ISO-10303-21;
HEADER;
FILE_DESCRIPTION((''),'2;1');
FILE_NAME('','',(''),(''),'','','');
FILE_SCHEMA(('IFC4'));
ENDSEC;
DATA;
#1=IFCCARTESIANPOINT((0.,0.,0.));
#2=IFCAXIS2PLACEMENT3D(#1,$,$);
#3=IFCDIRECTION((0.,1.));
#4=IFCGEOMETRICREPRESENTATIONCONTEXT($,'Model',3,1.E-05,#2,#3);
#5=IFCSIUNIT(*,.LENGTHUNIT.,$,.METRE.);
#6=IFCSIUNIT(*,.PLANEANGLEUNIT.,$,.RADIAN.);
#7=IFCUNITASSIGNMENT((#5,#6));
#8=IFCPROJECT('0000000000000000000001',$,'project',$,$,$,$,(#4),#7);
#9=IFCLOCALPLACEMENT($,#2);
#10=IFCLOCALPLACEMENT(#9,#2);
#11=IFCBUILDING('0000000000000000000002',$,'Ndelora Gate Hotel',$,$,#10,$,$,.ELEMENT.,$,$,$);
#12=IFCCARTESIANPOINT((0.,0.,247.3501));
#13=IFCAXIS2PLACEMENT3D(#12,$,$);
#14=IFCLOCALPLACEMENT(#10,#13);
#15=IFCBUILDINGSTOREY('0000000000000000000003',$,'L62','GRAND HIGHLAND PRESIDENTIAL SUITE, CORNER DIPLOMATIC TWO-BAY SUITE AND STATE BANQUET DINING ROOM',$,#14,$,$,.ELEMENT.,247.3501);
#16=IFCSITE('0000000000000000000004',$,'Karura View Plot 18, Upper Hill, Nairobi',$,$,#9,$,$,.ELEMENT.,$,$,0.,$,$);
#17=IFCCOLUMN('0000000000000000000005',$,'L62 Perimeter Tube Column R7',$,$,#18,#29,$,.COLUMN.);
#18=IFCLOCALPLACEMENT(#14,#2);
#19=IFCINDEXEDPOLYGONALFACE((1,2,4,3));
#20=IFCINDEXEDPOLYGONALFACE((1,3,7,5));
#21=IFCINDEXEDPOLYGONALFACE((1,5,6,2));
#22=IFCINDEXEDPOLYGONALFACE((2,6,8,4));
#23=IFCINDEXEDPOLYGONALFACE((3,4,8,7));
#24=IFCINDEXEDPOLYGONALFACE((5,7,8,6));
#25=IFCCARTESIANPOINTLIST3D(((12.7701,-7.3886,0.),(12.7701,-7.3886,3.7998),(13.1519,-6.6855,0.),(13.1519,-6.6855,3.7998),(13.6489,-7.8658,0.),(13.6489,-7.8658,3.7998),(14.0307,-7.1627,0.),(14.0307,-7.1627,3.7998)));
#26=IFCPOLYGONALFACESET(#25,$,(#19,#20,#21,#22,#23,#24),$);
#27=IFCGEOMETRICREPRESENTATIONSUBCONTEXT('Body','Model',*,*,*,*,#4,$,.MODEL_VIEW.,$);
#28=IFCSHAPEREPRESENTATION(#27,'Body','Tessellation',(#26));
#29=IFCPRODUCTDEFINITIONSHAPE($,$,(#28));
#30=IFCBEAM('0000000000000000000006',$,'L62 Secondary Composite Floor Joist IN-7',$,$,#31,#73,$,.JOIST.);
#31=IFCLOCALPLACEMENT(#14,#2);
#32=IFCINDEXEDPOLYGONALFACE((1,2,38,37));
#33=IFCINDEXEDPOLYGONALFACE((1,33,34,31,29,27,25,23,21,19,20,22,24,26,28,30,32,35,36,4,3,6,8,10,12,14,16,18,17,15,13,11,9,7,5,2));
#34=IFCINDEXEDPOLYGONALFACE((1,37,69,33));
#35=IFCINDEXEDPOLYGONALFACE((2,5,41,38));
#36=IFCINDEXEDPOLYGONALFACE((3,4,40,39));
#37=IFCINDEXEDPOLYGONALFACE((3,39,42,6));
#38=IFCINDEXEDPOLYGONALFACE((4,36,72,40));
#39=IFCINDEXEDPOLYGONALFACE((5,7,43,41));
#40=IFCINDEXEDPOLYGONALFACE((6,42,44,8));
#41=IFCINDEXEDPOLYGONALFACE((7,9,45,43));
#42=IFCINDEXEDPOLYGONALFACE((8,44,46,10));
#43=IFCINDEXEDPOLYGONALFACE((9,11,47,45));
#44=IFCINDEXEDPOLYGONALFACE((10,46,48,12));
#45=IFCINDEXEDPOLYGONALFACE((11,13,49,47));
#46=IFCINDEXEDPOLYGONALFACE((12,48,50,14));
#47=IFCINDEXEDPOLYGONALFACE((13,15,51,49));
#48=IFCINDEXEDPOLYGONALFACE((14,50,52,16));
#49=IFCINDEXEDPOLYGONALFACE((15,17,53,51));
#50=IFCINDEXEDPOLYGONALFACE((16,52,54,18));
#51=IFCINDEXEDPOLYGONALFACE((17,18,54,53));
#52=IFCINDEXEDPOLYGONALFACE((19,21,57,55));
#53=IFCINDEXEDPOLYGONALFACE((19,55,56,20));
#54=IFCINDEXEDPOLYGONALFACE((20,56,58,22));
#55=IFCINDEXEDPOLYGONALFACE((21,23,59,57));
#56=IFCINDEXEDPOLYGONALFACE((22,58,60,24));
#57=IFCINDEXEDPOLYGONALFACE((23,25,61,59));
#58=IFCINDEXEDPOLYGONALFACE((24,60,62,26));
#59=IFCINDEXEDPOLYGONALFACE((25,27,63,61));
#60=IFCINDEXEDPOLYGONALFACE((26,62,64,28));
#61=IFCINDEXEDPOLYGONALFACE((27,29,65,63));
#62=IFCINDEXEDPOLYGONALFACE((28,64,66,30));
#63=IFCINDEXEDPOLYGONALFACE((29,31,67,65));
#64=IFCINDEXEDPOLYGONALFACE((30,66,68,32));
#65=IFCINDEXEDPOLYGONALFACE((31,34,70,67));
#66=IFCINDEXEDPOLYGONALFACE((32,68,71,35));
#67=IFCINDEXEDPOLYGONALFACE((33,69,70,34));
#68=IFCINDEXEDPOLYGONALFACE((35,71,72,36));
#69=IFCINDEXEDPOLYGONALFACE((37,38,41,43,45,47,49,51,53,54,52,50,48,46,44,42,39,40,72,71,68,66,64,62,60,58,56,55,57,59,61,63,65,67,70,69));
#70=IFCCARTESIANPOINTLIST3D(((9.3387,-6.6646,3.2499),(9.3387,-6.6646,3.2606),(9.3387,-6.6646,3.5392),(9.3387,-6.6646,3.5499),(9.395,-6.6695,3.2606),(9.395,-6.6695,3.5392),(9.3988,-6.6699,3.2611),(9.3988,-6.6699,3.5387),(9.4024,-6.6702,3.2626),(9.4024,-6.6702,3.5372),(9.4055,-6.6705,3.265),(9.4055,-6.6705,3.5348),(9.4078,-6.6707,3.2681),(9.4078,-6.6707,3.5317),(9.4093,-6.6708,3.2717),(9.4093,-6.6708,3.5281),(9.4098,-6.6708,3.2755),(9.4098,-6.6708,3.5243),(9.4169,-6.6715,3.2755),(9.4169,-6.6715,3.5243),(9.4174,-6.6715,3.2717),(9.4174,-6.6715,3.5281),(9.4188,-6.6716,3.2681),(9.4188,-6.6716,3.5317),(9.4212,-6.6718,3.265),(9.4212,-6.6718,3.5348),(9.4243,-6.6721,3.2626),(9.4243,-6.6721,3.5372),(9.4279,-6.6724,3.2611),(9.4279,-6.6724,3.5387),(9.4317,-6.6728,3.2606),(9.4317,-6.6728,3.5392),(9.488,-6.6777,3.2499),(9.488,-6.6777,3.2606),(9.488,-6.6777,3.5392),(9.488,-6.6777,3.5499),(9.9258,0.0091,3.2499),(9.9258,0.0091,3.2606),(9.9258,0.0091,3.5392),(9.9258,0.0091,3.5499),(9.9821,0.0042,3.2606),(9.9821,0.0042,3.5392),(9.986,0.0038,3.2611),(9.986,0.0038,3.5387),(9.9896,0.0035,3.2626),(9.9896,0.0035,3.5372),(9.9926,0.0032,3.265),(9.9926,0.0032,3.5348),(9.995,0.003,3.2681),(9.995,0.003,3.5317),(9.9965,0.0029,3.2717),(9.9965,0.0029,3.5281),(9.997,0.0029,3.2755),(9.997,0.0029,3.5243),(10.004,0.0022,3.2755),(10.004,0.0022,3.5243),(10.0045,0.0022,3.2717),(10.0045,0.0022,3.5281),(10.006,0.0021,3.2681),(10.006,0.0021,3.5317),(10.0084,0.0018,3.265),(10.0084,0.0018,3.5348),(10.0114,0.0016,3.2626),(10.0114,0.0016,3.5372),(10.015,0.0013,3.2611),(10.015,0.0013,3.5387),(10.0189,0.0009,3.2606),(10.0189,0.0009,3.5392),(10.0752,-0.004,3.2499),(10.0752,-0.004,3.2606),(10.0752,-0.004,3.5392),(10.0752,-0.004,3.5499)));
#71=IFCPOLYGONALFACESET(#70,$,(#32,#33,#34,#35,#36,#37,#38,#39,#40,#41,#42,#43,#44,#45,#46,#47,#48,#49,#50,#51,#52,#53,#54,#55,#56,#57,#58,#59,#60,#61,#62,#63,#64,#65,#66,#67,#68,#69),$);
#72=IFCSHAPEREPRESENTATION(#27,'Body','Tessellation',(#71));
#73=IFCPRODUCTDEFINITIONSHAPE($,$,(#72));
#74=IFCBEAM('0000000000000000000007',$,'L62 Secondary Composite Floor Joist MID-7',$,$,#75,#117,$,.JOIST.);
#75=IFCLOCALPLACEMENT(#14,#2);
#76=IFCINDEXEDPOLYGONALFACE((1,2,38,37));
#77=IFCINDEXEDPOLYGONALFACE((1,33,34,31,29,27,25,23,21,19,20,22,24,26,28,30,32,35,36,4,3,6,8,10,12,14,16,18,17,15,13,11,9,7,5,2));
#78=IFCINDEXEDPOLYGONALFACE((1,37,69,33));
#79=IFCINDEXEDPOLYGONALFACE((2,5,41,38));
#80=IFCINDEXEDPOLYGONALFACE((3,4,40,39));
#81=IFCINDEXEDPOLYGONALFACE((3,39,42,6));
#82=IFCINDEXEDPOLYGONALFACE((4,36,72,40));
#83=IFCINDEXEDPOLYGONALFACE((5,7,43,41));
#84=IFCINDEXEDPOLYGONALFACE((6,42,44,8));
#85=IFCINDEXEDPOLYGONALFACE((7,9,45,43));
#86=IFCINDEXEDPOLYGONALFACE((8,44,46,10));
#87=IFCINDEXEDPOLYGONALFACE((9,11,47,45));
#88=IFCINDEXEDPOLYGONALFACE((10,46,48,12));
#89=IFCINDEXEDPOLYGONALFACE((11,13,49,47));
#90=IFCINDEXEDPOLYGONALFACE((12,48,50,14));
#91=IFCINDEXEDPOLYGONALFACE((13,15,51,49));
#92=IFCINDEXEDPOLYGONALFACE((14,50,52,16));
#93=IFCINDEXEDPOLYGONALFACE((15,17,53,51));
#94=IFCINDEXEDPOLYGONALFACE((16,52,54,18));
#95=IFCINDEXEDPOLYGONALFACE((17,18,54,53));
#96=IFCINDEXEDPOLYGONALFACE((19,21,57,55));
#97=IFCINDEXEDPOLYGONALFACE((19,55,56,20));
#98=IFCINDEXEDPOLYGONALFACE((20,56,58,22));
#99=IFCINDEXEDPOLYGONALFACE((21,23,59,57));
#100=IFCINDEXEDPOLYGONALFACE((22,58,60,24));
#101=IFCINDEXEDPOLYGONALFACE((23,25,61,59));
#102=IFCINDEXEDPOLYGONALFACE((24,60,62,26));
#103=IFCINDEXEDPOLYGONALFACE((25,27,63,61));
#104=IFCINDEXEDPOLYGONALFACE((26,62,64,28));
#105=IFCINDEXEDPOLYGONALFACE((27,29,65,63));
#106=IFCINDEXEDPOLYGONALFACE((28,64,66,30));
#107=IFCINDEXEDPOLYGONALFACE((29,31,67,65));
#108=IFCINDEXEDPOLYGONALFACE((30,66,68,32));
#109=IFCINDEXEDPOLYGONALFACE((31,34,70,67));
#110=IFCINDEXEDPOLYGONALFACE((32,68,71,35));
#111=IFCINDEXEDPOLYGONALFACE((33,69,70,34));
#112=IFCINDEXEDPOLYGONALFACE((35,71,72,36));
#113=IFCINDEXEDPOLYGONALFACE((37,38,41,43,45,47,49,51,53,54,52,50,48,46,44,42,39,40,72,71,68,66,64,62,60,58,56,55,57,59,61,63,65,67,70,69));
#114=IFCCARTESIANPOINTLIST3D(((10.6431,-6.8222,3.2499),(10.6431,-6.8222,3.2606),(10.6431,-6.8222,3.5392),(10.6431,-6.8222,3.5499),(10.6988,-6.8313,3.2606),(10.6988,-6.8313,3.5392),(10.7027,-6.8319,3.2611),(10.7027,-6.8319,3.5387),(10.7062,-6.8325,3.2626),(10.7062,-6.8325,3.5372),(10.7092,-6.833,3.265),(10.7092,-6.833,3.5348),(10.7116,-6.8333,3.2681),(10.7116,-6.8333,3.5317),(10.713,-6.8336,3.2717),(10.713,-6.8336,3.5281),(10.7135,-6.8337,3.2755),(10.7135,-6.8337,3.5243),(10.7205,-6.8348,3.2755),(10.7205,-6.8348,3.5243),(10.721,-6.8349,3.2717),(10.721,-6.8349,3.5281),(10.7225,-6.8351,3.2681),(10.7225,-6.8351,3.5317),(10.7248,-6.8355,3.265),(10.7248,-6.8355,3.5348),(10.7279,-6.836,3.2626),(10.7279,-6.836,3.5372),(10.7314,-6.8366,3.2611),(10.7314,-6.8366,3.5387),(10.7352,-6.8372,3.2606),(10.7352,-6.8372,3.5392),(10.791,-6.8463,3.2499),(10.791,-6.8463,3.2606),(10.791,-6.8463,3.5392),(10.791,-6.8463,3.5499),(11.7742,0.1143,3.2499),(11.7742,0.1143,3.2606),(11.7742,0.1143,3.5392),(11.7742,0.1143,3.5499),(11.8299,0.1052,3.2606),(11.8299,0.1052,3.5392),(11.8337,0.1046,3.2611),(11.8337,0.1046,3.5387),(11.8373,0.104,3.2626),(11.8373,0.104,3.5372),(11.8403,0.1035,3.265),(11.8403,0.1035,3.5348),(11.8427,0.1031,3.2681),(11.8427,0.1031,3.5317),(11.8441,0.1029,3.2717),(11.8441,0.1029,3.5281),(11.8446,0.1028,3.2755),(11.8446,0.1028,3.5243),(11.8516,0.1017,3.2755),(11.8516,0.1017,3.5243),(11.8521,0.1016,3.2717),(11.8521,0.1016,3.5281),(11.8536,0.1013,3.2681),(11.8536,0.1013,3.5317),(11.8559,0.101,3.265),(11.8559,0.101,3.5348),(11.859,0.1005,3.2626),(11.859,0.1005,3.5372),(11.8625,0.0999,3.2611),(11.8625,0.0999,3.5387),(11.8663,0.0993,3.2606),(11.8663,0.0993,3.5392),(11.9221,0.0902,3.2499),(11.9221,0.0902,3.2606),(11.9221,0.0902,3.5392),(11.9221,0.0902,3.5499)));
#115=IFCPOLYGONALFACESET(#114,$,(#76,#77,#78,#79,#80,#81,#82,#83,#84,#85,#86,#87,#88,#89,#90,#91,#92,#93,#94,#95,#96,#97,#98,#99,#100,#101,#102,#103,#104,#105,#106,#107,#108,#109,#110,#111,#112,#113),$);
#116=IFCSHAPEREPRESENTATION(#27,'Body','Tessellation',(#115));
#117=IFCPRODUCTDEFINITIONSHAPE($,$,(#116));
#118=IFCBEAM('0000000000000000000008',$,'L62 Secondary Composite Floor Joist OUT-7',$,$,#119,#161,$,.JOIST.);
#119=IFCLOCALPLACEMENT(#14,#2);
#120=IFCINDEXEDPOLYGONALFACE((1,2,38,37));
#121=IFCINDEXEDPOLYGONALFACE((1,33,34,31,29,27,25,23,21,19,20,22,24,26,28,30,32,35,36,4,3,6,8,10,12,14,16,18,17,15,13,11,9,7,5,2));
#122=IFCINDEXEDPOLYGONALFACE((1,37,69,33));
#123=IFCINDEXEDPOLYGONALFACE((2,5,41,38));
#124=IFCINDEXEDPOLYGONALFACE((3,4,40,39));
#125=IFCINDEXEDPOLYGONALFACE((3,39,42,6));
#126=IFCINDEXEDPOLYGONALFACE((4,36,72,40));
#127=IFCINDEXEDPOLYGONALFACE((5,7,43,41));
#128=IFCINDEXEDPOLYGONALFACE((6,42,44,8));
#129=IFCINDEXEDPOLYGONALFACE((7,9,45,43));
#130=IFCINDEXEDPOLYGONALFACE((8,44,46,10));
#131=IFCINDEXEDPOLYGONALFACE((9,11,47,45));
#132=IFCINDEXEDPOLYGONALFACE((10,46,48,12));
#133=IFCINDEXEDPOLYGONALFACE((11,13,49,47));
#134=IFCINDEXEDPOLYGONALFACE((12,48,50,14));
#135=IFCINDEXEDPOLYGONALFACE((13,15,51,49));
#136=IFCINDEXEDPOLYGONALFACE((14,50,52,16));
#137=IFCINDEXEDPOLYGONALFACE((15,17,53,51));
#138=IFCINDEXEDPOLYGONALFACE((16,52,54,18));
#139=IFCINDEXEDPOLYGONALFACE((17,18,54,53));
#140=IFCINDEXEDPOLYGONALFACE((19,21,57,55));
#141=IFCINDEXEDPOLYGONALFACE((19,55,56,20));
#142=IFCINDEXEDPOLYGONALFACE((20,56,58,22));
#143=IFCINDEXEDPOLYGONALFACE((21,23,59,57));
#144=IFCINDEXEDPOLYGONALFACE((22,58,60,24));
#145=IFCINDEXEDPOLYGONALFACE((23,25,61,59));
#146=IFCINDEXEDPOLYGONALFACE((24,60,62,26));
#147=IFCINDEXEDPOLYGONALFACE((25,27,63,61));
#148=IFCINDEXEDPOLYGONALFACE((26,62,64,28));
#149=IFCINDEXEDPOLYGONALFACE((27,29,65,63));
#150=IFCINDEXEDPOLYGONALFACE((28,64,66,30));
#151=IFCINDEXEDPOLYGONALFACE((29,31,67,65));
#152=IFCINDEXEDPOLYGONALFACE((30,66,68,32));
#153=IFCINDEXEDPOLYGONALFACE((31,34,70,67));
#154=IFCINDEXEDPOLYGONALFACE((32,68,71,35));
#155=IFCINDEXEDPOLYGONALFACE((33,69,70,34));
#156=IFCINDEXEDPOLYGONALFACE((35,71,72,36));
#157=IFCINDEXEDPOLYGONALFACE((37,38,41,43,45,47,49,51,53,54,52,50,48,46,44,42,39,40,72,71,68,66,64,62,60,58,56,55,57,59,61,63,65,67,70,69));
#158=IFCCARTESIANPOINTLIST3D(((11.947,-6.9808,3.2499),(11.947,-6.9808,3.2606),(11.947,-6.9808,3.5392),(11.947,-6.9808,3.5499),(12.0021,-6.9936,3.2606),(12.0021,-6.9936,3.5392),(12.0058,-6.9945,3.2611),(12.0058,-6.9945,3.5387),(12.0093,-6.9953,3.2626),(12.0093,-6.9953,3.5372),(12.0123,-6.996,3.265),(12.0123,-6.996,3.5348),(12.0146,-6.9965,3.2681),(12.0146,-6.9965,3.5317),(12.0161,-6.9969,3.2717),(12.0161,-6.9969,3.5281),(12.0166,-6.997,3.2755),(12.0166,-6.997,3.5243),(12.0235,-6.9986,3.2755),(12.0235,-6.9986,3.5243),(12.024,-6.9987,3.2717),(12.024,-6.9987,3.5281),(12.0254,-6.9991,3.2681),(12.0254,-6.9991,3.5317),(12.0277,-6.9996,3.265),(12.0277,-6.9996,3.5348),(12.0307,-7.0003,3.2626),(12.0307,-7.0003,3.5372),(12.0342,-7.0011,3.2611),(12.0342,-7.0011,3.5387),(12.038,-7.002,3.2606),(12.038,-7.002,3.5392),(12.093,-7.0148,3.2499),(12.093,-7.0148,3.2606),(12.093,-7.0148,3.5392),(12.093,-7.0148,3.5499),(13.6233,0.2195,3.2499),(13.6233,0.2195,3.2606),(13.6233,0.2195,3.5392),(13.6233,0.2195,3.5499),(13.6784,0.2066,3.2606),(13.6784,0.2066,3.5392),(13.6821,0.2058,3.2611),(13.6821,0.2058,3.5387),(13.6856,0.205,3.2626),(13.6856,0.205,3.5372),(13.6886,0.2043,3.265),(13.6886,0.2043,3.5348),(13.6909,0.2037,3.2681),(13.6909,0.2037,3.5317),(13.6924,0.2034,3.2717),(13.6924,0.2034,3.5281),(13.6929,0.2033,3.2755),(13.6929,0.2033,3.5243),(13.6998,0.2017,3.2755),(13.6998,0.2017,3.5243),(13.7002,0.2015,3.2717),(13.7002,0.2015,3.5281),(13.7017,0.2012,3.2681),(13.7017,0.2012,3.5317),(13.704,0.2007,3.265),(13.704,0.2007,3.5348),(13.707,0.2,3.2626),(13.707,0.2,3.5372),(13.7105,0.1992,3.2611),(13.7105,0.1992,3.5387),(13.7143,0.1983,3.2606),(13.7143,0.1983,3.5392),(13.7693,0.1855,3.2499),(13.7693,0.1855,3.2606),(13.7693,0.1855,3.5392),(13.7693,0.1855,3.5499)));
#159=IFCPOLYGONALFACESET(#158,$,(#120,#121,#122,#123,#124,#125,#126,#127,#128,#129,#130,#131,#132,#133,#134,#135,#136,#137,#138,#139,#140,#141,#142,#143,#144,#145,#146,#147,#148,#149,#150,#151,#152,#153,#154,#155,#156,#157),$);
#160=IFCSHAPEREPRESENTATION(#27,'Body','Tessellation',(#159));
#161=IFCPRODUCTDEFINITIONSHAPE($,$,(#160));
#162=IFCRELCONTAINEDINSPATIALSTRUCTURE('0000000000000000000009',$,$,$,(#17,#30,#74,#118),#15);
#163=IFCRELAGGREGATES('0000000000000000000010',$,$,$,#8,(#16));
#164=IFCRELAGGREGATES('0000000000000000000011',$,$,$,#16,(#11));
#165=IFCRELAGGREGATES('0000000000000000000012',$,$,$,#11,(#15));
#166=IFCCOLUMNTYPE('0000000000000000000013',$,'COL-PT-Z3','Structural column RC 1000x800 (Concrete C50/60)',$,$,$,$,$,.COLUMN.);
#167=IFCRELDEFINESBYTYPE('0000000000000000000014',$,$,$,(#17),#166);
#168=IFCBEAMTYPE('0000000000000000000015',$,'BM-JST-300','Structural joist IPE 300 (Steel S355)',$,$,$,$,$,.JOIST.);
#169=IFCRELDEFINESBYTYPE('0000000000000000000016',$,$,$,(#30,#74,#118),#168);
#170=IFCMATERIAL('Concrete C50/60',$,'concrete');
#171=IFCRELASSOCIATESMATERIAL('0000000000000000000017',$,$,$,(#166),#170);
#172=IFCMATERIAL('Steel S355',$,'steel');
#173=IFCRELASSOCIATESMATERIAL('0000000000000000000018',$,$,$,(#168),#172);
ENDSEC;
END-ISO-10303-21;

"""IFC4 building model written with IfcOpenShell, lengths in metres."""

from ifc_helpers import new_model, si_unit, direction, frame, origin, origin_2d, place, context, subcontext, project, spatial, rectangle, i_section, extrude, material, material_profile, profile_set, type_object, element, save


model = new_model("IFC4")

# Units and contexts
model_context = context("Model", 3, precision=1e-05, world=origin(), true_north=direction((0.0, 1.0)))
body_context = subcontext(model_context, "Body", "Model", "MODEL_VIEW")
ifc_project = project(units=[si_unit("LENGTHUNIT", "METRE"), si_unit("PLANEANGLEUNIT", "RADIAN")], contexts=[model_context])

# Site, building, storey
site_placement = place(None, origin())
site = spatial("IfcSite", under=ifc_project, at=site_placement, Name="Karura View Plot 18, Upper Hill, Nairobi", CompositionType="ELEMENT", RefElevation=0.0)
building_placement = place(site_placement, origin())
building = spatial("IfcBuilding", under=site, at=building_placement, Name="Ndelora Gate Hotel", CompositionType="ELEMENT")
storey_placement = place(building_placement, frame((0.0, 0.0, 247.3501)))
storey = spatial("IfcBuildingStorey", under=building, at=storey_placement, Name="L62", Description="GRAND HIGHLAND PRESIDENTIAL SUITE, CORNER DIPLOMATIC TWO-BAY SUITE AND STATE BANQUET DINING ROOM", CompositionType="ELEMENT", Elevation=247.3501)

# Column
ifc_material_1 = material(Name="Concrete C50/60", Category="concrete")
ifc_material_profile_1 = material_profile(ifc_material_1, rectangle(XDim=0.8, YDim=1.0, at=origin_2d()), Name="RC 1000x800")
ifc_profile_set_1 = profile_set([ifc_material_profile_1], Name="Concrete C50/60")
column_type = type_object("IfcColumnType", Name="COL-PT-Z3", Description="Structural column RC 1000x800 (Concrete C50/60)", PredefinedType="COLUMN", material=ifc_profile_set_1)
column_placement = place(storey_placement, frame((13.4004, -7.2756, 0.0), z_axis=(0.0, 0.0, 1.0), x_axis=(0.477159, 0.878817, 0.0)))
element("IfcColumn", 1, at=column_placement, inside=storey, type_object=column_type, Name="L62 Perimeter Tube Column R7", PredefinedType="COLUMN", context=body_context, shape_type="SweptSolid", body=[
    extrude(rectangle(XDim=0.8, YDim=1.0, at=origin_2d()), origin(), (0.0, 0.0, 1.0), 3.7998),
])

# Beams
ifc_material_2 = material(Name="Steel S355", Category="steel")
ifc_material_profile_2 = material_profile(ifc_material_2, i_section(OverallWidth=0.1499, OverallDepth=0.3, WebThickness=0.0071, FlangeThickness=0.0107, FilletRadius=0.0149, at=origin_2d()), Name="IPE 300")
ifc_profile_set_2 = profile_set([ifc_material_profile_2], Name="Steel S355")
beam_type_1 = type_object("IfcBeamType", Name="BM-JST-300", Description="Structural joist IPE 300 (Steel S355)", PredefinedType="JOIST", material=ifc_profile_set_2)
beam_1_placement = place(storey_placement, frame((9.4133, -6.6711, 3.3999), z_axis=(0.087644, 0.996152, 0.0), x_axis=(-0.996152, 0.087644, 0.0)))
element("IfcBeam", 2, at=beam_1_placement, inside=storey, type_object=beam_type_1, Name="L62 Secondary Composite Floor Joist IN-7", PredefinedType="JOIST", context=body_context, shape_type="SweptSolid", body=[
    extrude(i_section(OverallWidth=0.1499, OverallDepth=0.3, WebThickness=0.0071, FlangeThickness=0.0107, FilletRadius=0.0149, at=origin_2d()), origin(), (0.0, 0.0, 1.0), 6.6995),
])
beam_2_placement = place(storey_placement, frame((10.717, -6.8342, 3.3999), z_axis=(0.160939, 0.986964, 0.0), x_axis=(-0.986964, 0.160939, 0.0)))
element("IfcBeam", 3, at=beam_2_placement, inside=storey, type_object=beam_type_1, Name="L62 Secondary Composite Floor Joist MID-7", PredefinedType="JOIST", context=body_context, shape_type="SweptSolid", body=[
    extrude(i_section(OverallWidth=0.1499, OverallDepth=0.3, WebThickness=0.0071, FlangeThickness=0.0107, FilletRadius=0.0149, at=origin_2d()), origin(), (0.0, 0.0, 1.0), 7.0281),
])
beam_3_placement = place(storey_placement, frame((12.02, -6.9978, 3.3999), z_axis=(0.226745, 0.973954, 0.0), x_axis=(-0.973954, 0.226745, 0.0)))
element("IfcBeam", 4, at=beam_3_placement, inside=storey, type_object=beam_type_1, Name="L62 Secondary Composite Floor Joist OUT-7", PredefinedType="JOIST", context=body_context, shape_type="SweptSolid", body=[
    extrude(i_section(OverallWidth=0.1499, OverallDepth=0.3, WebThickness=0.0071, FlangeThickness=0.0107, FilletRadius=0.0149, at=origin_2d()), origin(), (0.0, 0.0, 1.0), 7.3928),
])

save(model, "model.ifc")
